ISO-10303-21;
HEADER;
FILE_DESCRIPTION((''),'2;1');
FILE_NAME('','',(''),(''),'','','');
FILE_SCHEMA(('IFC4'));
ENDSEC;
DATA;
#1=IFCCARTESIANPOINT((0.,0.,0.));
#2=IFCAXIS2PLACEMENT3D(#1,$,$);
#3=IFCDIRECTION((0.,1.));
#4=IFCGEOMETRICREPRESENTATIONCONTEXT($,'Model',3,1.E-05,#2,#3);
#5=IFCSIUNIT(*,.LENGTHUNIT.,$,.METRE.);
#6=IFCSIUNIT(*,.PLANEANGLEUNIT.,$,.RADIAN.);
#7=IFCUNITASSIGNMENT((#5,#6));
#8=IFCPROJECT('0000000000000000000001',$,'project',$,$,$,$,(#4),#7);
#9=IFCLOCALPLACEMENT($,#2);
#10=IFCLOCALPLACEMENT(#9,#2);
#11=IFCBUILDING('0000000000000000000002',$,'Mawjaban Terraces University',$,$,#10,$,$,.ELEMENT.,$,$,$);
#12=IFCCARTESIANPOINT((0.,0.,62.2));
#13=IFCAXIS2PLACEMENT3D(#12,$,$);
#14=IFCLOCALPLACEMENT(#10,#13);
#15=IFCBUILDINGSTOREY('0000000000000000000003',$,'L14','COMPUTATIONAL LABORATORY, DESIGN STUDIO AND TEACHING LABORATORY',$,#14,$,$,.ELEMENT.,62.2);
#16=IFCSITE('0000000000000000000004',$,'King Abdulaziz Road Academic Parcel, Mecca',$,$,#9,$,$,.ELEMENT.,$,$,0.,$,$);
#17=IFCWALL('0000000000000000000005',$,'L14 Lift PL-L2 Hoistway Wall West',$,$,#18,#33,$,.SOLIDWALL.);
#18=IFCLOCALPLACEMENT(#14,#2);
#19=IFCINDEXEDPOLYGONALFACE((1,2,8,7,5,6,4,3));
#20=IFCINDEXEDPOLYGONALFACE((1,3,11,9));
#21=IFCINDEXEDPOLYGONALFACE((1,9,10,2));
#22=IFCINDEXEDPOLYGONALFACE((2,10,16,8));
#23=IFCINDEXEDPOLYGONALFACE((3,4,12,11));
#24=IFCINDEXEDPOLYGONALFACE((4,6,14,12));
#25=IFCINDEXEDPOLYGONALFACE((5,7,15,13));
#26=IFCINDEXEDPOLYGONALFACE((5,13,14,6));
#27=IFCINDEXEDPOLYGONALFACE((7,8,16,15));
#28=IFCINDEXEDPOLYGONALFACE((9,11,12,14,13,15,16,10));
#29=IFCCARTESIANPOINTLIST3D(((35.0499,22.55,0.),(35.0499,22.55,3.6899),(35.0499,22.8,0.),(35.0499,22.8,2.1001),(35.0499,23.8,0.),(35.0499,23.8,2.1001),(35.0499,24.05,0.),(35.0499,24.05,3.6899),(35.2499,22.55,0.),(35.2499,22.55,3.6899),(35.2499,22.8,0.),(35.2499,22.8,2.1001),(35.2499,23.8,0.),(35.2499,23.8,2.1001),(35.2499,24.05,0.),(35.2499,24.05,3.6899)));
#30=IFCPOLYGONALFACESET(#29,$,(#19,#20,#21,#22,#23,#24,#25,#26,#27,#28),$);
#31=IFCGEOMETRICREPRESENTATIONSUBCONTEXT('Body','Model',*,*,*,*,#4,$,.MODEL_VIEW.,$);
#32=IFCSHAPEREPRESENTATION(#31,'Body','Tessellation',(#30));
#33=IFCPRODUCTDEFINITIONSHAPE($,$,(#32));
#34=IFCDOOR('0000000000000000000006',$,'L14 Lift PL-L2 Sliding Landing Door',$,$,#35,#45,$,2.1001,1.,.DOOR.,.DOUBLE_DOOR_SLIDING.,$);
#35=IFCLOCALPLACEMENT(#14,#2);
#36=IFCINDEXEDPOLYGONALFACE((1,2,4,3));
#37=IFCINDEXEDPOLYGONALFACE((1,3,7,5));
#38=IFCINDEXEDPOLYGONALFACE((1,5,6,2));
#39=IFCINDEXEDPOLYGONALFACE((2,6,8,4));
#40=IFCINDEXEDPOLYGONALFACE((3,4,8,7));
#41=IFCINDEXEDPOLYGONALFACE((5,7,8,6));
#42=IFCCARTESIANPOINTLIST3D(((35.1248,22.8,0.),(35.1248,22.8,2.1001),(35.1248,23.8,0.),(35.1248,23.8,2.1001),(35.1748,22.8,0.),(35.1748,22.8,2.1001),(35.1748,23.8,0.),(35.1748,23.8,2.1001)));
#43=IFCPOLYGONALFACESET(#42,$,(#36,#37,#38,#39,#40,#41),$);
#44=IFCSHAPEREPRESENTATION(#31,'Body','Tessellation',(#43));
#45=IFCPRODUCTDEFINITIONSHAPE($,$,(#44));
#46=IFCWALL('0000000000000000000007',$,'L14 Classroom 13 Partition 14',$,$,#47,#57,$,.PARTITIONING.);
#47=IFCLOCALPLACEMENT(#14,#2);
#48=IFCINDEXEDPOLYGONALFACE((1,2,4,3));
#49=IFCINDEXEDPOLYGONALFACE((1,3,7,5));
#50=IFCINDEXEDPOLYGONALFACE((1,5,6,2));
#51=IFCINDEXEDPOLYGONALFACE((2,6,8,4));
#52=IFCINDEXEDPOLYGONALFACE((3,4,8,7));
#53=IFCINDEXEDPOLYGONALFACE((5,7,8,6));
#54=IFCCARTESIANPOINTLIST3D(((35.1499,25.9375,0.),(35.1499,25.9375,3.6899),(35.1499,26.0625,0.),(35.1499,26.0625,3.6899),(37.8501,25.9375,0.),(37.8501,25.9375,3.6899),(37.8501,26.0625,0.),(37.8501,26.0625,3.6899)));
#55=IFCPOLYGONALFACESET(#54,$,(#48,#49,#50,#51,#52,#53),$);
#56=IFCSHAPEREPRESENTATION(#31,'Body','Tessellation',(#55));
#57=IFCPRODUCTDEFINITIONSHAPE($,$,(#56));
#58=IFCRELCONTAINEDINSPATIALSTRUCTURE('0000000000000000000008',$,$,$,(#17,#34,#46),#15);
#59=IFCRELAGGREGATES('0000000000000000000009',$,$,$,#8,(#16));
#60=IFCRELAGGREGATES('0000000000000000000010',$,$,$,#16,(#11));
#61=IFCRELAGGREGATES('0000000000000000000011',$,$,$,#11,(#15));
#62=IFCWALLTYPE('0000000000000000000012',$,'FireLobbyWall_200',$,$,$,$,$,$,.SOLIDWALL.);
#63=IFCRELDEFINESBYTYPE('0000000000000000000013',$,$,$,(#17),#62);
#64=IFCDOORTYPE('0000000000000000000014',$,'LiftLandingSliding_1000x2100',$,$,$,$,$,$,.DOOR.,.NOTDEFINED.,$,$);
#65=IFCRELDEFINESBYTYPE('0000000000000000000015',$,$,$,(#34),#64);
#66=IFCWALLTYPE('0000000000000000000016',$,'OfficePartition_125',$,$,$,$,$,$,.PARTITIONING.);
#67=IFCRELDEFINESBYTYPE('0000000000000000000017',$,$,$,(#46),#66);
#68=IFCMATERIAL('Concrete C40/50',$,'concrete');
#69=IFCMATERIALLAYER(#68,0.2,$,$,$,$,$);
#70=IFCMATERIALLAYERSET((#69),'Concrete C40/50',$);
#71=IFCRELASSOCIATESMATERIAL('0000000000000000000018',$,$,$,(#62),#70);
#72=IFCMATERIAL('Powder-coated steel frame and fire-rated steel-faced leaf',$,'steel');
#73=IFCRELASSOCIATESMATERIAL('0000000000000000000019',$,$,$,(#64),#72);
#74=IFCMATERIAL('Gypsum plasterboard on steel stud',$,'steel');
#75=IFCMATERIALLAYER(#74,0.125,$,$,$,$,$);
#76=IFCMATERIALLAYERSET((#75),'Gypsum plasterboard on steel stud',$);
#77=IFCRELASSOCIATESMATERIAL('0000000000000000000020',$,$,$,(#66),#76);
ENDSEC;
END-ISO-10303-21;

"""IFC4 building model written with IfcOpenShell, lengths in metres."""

from ifc_helpers import new_model, si_unit, direction, frame, frame_2d, origin, place, context, subcontext, project, spatial, rectangle, extrude, material, layer, layer_set, type_object, element, fill, save


model = new_model("IFC4")

# Units and contexts
model_context = context("Model", 3, precision=1e-05, world=origin(), true_north=direction((0.0, 1.0)))
body_context = subcontext(model_context, "Body", "Model", "MODEL_VIEW")
ifc_project = project(units=[si_unit("LENGTHUNIT", "METRE"), si_unit("PLANEANGLEUNIT", "RADIAN")], contexts=[model_context])

# Site, building, storey
site_placement = place(None, origin())
site = spatial("IfcSite", under=ifc_project, at=site_placement, Name="King Abdulaziz Road Academic Parcel, Mecca", CompositionType="ELEMENT", RefElevation=0.0)
building_placement = place(site_placement, origin())
building = spatial("IfcBuilding", under=site, at=building_placement, Name="Mawjaban Terraces University", CompositionType="ELEMENT")
storey_placement = place(building_placement, frame((0.0, 0.0, 62.2)))
storey = spatial("IfcBuildingStorey", under=building, at=storey_placement, Name="L14", Description="COMPUTATIONAL LABORATORY, DESIGN STUDIO AND TEACHING LABORATORY", CompositionType="ELEMENT", Elevation=62.2)

# Wall, opening, door
ifc_material_1 = material(Name="Concrete C40/50", Category="concrete")
ifc_layer_1 = layer(ifc_material_1, 0.2)
ifc_layer_set_1 = layer_set([ifc_layer_1], Name="Concrete C40/50")
wall_type_1 = type_object("IfcWallType", Name="FireLobbyWall_200", PredefinedType="SOLIDWALL", material=ifc_layer_set_1)
wall_1_placement = place(storey_placement, frame((35.1499, 24.05, 0.0), z_axis=(0.0, 0.0, 1.0), x_axis=(0.0, -1.0, 0.0)))
wall_1 = element("IfcWall", 1, at=wall_1_placement, inside=storey, type_object=wall_type_1, Name="L14 Lift PL-L2 Hoistway Wall West", PredefinedType="SOLIDWALL", context=body_context, shape_type="SweptSolid", body=[
    extrude(rectangle(XDim=1.5, YDim=0.2, at=frame_2d((0.75, 0.0))), origin(), (0.0, 0.0, 1.0), 3.6899),
])
opening_1_placement = place(wall_1_placement, frame((0.25, 0.0, 0.0)))
opening_1 = element("IfcOpeningElement", 2, at=opening_1_placement, cuts=wall_1, PredefinedType="OPENING", context=body_context, shape_type="SweptSolid", body=[
    extrude(rectangle(XDim=1.0, YDim=2.1001, at=frame_2d((0.5, 1.05))), frame((0.0, 0.1099, 0.0), z_axis=(0.0, -1.0, 0.0), x_axis=(1.0, 0.0, 0.0)), (0.0, 0.0, 1.0), 0.22),
])
ifc_material_2 = material(Name="Powder-coated steel frame and fire-rated steel-faced leaf", Category="steel")
door_type_1 = type_object("IfcDoorType", Name="LiftLandingSliding_1000x2100", OperationType="NOTDEFINED", PredefinedType="DOOR", material=ifc_material_2)
door_1_placement = place(opening_1_placement, origin())
door_1 = element("IfcDoor", 3, at=door_1_placement, inside=storey, type_object=door_type_1, Name="L14 Lift PL-L2 Sliding Landing Door", OperationType="DOUBLE_DOOR_SLIDING", OverallHeight=2.1001, OverallWidth=1.0, PredefinedType="DOOR", context=body_context, shape_type="SweptSolid", body=[
    extrude(rectangle(XDim=1.0, YDim=2.1001, at=frame_2d((0.5, 1.05))), frame((0.0, 0.0249, 0.0), z_axis=(0.0, -1.0, 0.0), x_axis=(1.0, 0.0, 0.0)), (0.0, 0.0, 1.0), 0.05),
])
fill(opening_1, door_1)

# Wall
ifc_material_3 = material(Name="Gypsum plasterboard on steel stud", Category="steel")
ifc_layer_2 = layer(ifc_material_3, 0.125)
ifc_layer_set_2 = layer_set([ifc_layer_2], Name="Gypsum plasterboard on steel stud")
wall_type_2 = type_object("IfcWallType", Name="OfficePartition_125", PredefinedType="PARTITIONING", material=ifc_layer_set_2)
wall_2_placement = place(storey_placement, frame((35.1499, 26.0, 0.0), z_axis=(0.0, 0.0, 1.0), x_axis=(1.0, 0.0, 0.0)))
element("IfcWall", 4, at=wall_2_placement, inside=storey, type_object=wall_type_2, Name="L14 Classroom 13 Partition 14", PredefinedType="PARTITIONING", context=body_context, shape_type="SweptSolid", body=[
    extrude(rectangle(XDim=2.7002, YDim=0.125, at=frame_2d((1.3501, 0.0))), origin(), (0.0, 0.0, 1.0), 3.6899),
])

save(model, "model.ifc")
